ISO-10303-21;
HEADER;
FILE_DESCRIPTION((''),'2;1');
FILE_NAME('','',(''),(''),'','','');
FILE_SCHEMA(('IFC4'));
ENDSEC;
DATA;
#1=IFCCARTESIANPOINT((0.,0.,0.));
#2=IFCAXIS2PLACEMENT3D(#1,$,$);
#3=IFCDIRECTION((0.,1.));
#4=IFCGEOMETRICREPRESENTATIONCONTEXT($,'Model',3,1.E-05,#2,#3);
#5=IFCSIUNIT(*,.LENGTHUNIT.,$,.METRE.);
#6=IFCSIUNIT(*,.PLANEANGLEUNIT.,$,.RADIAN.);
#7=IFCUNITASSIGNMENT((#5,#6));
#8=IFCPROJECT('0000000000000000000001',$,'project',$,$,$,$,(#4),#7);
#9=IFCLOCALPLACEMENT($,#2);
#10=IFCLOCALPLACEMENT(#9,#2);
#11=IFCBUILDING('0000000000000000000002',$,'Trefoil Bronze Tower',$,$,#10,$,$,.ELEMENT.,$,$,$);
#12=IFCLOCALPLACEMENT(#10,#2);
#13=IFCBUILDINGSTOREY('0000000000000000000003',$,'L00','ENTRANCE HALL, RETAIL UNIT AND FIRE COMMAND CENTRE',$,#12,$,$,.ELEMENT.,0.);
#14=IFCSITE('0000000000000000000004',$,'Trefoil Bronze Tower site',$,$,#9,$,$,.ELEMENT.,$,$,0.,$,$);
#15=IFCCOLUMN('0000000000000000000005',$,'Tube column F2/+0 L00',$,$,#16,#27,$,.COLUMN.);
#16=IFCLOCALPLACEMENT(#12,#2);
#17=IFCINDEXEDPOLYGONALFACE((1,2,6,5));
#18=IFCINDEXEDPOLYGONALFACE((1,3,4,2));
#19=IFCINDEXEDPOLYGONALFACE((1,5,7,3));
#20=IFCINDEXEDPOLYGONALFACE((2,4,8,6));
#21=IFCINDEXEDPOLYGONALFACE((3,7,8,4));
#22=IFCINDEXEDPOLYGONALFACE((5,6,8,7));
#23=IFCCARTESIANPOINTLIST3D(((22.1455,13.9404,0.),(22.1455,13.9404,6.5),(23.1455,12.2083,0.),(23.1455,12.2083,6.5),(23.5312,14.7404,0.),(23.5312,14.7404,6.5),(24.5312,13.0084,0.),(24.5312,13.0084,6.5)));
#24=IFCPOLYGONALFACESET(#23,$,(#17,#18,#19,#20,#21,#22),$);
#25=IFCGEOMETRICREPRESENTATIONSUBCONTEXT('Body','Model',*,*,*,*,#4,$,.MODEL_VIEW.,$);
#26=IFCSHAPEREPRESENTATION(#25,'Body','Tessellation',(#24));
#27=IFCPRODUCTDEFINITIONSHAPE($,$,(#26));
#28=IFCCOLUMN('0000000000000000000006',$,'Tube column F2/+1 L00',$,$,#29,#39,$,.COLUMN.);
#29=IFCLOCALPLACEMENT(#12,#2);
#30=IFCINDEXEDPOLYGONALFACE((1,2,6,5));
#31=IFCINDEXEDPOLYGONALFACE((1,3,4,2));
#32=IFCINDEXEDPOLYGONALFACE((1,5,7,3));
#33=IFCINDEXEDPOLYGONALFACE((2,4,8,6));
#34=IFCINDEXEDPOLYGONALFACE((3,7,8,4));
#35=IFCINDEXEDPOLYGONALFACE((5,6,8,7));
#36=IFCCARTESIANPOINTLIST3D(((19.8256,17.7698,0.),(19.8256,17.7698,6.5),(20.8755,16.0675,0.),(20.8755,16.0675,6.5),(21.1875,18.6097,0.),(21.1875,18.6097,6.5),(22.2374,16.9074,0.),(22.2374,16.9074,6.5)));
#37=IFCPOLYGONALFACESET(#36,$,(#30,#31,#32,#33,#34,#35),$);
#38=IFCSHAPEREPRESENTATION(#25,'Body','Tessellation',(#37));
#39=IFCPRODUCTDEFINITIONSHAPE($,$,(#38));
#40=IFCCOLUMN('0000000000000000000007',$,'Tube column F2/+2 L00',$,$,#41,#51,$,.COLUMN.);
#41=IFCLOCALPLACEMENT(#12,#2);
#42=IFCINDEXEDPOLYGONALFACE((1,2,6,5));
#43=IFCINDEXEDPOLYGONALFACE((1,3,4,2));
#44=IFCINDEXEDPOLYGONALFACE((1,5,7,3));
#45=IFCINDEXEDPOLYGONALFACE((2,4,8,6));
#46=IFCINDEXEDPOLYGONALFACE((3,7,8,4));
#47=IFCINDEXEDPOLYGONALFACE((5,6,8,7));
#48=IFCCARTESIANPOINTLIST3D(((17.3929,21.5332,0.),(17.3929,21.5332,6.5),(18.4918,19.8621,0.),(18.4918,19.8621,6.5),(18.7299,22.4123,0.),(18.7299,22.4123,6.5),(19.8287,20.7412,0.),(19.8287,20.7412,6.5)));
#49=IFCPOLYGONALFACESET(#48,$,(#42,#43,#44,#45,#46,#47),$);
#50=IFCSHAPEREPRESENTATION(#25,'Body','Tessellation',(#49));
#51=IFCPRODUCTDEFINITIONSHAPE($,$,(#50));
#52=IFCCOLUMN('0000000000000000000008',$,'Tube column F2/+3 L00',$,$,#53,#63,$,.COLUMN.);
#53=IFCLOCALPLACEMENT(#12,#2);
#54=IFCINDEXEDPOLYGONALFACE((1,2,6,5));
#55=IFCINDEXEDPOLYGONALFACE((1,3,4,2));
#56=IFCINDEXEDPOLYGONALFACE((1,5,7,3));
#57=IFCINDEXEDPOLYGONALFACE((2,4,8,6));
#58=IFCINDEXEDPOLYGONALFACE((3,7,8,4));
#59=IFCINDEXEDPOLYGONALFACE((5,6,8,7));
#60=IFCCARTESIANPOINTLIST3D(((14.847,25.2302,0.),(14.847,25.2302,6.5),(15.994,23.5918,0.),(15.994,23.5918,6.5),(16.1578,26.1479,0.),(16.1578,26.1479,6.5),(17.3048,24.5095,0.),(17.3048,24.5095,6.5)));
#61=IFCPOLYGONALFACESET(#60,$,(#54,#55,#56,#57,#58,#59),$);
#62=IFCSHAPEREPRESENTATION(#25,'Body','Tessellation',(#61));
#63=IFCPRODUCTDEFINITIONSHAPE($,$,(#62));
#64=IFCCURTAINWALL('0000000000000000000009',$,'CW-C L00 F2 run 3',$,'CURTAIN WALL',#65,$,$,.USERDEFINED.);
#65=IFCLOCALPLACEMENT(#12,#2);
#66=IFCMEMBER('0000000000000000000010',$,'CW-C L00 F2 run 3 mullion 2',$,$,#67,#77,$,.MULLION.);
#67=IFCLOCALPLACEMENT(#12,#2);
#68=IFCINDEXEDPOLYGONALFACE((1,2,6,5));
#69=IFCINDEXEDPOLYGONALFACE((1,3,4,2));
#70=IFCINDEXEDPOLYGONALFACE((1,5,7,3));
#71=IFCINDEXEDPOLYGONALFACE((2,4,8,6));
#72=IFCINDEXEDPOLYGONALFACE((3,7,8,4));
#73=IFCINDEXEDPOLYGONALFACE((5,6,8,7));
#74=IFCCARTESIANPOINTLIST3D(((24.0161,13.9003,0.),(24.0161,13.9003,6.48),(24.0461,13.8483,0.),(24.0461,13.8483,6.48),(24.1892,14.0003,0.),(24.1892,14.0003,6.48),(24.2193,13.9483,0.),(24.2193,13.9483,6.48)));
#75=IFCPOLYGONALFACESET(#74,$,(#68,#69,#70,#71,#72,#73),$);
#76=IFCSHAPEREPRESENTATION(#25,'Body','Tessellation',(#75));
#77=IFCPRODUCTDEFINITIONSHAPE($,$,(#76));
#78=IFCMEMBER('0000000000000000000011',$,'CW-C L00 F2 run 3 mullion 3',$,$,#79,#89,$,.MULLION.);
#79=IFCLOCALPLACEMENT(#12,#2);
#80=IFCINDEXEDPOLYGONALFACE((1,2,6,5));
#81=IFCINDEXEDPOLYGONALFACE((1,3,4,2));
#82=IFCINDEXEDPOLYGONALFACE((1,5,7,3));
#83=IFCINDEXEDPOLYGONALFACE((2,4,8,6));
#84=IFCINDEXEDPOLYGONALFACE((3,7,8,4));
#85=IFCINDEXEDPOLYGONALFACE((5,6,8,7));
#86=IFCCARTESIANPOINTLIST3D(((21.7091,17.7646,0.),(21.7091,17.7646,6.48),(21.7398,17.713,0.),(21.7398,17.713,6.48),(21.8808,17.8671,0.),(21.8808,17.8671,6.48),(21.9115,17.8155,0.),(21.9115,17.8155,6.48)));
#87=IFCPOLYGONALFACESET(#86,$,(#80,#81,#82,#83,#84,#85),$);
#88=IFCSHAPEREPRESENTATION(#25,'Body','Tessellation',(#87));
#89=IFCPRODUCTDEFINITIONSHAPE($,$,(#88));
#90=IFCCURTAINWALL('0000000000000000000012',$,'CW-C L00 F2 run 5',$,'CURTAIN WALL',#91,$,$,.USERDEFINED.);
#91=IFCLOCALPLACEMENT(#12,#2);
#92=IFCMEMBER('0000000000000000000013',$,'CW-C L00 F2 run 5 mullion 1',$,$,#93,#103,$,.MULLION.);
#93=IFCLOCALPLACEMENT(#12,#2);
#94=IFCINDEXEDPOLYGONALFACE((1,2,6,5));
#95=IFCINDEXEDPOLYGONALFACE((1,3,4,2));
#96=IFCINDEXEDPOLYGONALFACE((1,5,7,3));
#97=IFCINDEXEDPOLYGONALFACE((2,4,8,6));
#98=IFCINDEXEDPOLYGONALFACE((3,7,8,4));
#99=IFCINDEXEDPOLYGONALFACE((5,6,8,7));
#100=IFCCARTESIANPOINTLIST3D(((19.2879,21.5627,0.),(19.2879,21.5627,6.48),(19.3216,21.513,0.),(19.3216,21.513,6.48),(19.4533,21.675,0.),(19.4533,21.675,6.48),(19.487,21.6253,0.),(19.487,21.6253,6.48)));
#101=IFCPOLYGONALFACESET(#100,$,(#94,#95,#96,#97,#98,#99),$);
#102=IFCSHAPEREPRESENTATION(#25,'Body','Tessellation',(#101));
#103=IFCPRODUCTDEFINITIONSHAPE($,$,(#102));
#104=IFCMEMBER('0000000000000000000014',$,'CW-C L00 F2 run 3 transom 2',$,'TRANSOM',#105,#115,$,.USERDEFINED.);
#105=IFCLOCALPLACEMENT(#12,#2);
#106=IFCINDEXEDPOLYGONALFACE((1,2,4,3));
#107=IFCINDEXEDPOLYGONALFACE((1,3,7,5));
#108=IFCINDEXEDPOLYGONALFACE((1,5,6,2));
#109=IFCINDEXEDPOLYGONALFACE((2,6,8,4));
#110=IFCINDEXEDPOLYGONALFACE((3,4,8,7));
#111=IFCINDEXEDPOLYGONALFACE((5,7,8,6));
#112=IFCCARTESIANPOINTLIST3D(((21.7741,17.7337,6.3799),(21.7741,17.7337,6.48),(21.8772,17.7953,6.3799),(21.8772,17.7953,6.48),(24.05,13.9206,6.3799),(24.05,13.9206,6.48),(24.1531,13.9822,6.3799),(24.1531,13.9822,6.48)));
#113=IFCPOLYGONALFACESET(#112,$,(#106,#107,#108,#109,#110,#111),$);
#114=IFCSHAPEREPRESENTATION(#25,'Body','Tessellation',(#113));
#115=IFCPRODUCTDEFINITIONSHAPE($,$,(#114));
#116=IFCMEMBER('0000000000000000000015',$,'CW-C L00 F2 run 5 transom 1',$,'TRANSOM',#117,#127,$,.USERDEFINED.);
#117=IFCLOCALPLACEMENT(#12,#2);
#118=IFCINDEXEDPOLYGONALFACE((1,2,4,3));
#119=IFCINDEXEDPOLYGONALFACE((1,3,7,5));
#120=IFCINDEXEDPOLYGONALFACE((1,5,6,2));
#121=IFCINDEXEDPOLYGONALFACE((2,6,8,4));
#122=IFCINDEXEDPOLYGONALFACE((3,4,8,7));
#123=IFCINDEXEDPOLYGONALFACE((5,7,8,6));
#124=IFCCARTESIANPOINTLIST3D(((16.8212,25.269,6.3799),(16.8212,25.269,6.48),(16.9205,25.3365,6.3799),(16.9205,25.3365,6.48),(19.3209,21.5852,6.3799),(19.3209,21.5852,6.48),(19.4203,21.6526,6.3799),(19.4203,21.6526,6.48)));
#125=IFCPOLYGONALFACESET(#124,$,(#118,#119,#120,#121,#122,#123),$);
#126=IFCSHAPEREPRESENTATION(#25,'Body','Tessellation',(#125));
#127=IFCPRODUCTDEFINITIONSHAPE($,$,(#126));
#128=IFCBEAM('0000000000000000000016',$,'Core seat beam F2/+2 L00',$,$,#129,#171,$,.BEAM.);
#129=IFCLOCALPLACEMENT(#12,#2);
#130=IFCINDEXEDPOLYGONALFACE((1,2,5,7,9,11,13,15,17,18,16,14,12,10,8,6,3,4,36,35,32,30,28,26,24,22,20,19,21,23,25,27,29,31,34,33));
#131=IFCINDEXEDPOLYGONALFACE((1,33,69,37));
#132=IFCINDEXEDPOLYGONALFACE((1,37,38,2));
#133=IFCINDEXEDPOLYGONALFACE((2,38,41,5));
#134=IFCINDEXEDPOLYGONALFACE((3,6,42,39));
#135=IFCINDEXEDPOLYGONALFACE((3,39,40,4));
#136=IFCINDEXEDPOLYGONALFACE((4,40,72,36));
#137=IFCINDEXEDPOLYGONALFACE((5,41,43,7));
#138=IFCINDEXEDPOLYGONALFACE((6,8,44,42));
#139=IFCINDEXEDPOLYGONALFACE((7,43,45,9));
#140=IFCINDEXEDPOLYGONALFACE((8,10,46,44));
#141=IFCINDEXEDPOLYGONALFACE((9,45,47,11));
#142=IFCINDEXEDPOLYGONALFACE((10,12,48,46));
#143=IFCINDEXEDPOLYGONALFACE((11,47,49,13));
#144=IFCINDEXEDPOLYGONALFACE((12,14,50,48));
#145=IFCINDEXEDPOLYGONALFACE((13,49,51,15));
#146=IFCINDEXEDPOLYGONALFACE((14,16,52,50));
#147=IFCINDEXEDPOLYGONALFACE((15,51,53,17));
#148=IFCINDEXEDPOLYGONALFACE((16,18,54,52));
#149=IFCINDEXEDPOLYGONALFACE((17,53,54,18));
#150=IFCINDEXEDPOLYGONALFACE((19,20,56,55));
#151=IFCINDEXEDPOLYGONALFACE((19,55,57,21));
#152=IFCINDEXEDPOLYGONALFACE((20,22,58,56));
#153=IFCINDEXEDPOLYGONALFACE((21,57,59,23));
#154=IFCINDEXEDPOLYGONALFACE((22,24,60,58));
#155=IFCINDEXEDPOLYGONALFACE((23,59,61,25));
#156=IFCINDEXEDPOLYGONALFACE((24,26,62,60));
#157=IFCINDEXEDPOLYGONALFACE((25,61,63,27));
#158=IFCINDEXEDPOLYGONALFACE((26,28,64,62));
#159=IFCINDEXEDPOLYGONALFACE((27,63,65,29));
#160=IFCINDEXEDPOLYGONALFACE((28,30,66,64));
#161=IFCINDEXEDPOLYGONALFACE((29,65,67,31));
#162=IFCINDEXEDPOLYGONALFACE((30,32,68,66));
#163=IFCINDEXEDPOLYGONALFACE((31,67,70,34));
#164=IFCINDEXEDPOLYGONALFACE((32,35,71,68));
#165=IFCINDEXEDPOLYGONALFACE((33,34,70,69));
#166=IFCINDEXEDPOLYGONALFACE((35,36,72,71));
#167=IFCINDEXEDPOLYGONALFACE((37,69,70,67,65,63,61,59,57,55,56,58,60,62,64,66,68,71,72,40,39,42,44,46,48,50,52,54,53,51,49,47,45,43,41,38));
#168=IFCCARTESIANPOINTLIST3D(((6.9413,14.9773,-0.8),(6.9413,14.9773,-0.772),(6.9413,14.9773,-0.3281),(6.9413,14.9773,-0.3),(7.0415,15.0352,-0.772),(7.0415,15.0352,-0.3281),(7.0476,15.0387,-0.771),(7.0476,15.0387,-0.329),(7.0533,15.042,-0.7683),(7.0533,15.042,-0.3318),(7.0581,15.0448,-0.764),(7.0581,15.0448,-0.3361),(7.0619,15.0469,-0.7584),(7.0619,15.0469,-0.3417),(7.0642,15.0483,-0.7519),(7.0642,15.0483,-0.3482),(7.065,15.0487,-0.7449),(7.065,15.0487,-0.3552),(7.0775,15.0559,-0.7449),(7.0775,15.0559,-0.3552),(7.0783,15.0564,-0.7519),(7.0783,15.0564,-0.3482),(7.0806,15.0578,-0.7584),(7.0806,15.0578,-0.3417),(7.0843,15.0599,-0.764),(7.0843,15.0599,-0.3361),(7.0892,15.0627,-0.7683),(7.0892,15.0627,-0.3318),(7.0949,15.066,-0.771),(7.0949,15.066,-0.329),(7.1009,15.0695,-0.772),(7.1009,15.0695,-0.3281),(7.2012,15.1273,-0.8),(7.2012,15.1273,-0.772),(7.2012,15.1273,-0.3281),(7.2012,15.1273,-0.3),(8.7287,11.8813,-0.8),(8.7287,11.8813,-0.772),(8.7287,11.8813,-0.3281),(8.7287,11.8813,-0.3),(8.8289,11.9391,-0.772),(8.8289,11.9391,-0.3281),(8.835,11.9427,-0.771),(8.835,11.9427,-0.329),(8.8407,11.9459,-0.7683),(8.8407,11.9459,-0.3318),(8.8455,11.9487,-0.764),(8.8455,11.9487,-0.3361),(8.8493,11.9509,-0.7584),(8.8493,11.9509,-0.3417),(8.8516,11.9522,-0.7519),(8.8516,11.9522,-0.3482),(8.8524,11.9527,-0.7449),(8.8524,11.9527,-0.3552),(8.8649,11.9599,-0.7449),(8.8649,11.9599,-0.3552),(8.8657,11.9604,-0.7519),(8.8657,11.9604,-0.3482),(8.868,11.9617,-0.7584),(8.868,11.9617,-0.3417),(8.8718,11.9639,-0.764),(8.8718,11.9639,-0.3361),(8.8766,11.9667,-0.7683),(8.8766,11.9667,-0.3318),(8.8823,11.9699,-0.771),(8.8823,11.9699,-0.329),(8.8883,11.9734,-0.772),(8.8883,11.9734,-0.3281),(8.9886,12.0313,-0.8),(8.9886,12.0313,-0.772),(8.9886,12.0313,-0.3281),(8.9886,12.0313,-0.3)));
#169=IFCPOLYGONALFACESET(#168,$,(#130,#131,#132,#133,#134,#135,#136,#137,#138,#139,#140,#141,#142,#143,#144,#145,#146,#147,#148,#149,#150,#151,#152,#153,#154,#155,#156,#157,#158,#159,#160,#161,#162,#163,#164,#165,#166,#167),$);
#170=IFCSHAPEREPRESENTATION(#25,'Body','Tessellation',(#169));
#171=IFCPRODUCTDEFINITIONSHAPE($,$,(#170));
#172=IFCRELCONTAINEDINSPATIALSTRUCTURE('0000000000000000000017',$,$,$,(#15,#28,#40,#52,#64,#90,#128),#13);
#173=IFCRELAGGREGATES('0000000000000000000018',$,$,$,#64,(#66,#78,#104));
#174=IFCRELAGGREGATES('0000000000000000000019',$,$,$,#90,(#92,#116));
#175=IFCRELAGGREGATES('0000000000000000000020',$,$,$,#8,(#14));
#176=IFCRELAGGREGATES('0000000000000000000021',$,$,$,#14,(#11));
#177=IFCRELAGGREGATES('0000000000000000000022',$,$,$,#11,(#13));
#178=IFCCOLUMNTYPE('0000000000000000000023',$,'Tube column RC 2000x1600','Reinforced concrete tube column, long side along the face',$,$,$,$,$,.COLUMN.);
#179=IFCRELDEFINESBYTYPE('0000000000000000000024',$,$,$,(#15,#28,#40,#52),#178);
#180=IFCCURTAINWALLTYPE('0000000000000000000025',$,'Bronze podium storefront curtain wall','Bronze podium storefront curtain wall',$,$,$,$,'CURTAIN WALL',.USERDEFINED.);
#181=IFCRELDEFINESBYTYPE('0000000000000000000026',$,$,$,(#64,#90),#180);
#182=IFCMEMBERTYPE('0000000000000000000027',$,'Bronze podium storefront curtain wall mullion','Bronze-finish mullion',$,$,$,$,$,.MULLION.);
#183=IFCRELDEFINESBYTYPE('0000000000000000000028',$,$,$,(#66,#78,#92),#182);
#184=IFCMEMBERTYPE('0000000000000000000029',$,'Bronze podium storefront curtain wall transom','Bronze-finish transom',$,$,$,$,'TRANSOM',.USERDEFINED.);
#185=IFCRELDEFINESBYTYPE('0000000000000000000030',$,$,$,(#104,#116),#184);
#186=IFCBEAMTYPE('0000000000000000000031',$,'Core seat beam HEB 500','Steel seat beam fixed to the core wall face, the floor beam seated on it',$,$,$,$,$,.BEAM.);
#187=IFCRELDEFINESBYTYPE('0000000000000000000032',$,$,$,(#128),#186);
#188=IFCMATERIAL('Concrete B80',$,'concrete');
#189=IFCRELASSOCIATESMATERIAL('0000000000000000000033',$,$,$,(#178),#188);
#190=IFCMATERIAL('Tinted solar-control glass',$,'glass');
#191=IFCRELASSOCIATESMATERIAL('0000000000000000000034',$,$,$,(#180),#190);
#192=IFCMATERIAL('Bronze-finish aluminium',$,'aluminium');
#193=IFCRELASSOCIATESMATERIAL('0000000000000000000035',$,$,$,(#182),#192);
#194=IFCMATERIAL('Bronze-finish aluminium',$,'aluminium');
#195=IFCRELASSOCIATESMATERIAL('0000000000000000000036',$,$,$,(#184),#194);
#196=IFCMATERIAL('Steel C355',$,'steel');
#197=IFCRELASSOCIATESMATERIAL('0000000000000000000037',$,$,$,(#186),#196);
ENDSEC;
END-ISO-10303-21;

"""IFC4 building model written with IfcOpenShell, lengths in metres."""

from ifc_helpers import new_model, si_unit, direction, frame, origin, origin_2d, place, context, subcontext, project, spatial, rectangle, i_section, extrude, material, material_profile, profile_set, type_object, element, aggregate, save


model = new_model("IFC4")

# Units and contexts
model_context = context("Model", 3, precision=1e-05, world=origin(), true_north=direction((0.0, 1.0)))
body_context = subcontext(model_context, "Body", "Model", "MODEL_VIEW")
ifc_project = project(units=[si_unit("LENGTHUNIT", "METRE"), si_unit("PLANEANGLEUNIT", "RADIAN")], contexts=[model_context])

# Site, building, storey
site_placement = place(None, origin())
site = spatial("IfcSite", under=ifc_project, at=site_placement, Name="Trefoil Bronze Tower site", CompositionType="ELEMENT", RefElevation=0.0)
building_placement = place(site_placement, origin())
building = spatial("IfcBuilding", under=site, at=building_placement, Name="Trefoil Bronze Tower", CompositionType="ELEMENT")
storey_placement = place(building_placement, origin())
storey = spatial("IfcBuildingStorey", under=building, at=storey_placement, Name="L00", Description="ENTRANCE HALL, RETAIL UNIT AND FIRE COMMAND CENTRE", CompositionType="ELEMENT", Elevation=0.0)

# Columns
ifc_material_1 = material(Name="Concrete B80", Category="concrete")
ifc_material_profile_1 = material_profile(ifc_material_1, rectangle(XDim=2.0, YDim=1.6001, at=origin_2d()), Name="RC 2000x1600")
ifc_profile_set_1 = profile_set([ifc_material_profile_1], Name="Concrete B80")
column_type = type_object("IfcColumnType", Name="Tube column RC 2000x1600", Description="Reinforced concrete tube column, long side along the face", PredefinedType="COLUMN", material=ifc_profile_set_1)
for number, where, z_axis, x_axis, name in (
    (1, (23.3384, 13.4744, 0.0), (0.0, 0.0, 1.0), (-0.5, 0.866025, 0.0), "Tube column F2/+0 L00"),
    (2, (21.0315, 17.3386, 0.0), (0.0, 0.0, 1.0), (-0.524923, 0.85115, 0.0), "Tube column F2/+1 L00"),
    (3, (18.6108, 21.1372, 0.0), (0.0, 0.0, 1.0), (-0.549424, 0.835544, 0.0), "Tube column F2/+2 L00"),
    (4, (16.0759, 24.8699, 0.0), (0.0, 0.0, 1.0), (-0.573502, 0.819204, 0.0), "Tube column F2/+3 L00"),
):
    element("IfcColumn", number, at=place(storey_placement, frame(where, z_axis=z_axis, x_axis=x_axis)), inside=storey, type_object=column_type, Name=name, PredefinedType="COLUMN", context=body_context, shape_type="SweptSolid", body=[
        extrude(rectangle(XDim=2.0, YDim=1.6001, at=origin_2d()), origin(), (0.0, 0.0, 1.0), 6.5),
    ])

# Curtain wall, members
ifc_material_2 = material(Name="Tinted solar-control glass", Category="glass")
curtain_wall_type = type_object("IfcCurtainWallType", Name="Bronze podium storefront curtain wall", Description="Bronze podium storefront curtain wall", ElementType="CURTAIN WALL", PredefinedType="USERDEFINED", material=ifc_material_2)
curtain_wall_1_placement = place(storey_placement, origin())
curtain_wall_1 = element("IfcCurtainWall", 5, at=curtain_wall_1_placement, inside=storey, type_object=curtain_wall_type, Name="CW-C L00 F2 run 3", ObjectType="CURTAIN WALL", PredefinedType="USERDEFINED")
ifc_material_3 = material(Name="Bronze-finish aluminium", Category="aluminium")
ifc_material_profile_2 = material_profile(ifc_material_3, rectangle(XDim=0.2, YDim=0.0601, at=origin_2d()), Name="CW-C mullion")
ifc_profile_set_2 = profile_set([ifc_material_profile_2], Name="Bronze-finish aluminium")
member_type_1 = type_object("IfcMemberType", Name="Bronze podium storefront curtain wall mullion", Description="Bronze-finish mullion", PredefinedType="MULLION", material=ifc_profile_set_2)
member_1_placement = place(storey_placement, frame((24.1177, 13.9243, 0.0), z_axis=(0.0, 0.0, 1.0), x_axis=(-0.866025, -0.5, 0.0)))
member_1 = element("IfcMember", 6, at=member_1_placement, type_object=member_type_1, Name="CW-C L00 F2 run 3 mullion 2", PredefinedType="MULLION", context=body_context, shape_type="SweptSolid", body=[
    extrude(rectangle(XDim=0.2, YDim=0.0601, at=origin_2d()), origin(), (0.0, 0.0, 1.0), 6.48),
])
member_2_placement = place(storey_placement, frame((21.8103, 17.79, 0.0), z_axis=(0.0, 0.0, 1.0), x_axis=(-0.85868, -0.512513, 0.0)))
member_2 = element("IfcMember", 7, at=member_2_placement, type_object=member_type_1, Name="CW-C L00 F2 run 3 mullion 3", PredefinedType="MULLION", context=body_context, shape_type="SweptSolid", body=[
    extrude(rectangle(XDim=0.2, YDim=0.0601, at=origin_2d()), origin(), (0.0, 0.0, 1.0), 6.48),
])

# Curtain wall, member
curtain_wall_2_placement = place(storey_placement, origin())
curtain_wall_2 = element("IfcCurtainWall", 8, at=curtain_wall_2_placement, inside=storey, type_object=curtain_wall_type, Name="CW-C L00 F2 run 5", ObjectType="CURTAIN WALL", PredefinedType="USERDEFINED")
member_3_placement = place(storey_placement, frame((19.3875, 21.594, 0.0), z_axis=(0.0, 0.0, 1.0), x_axis=(-0.82747, -0.56151, 0.0)))
member_3 = element("IfcMember", 9, at=member_3_placement, type_object=member_type_1, Name="CW-C L00 F2 run 5 mullion 1", PredefinedType="MULLION", context=body_context, shape_type="SweptSolid", body=[
    extrude(rectangle(XDim=0.2, YDim=0.0601, at=origin_2d()), origin(), (0.0, 0.0, 1.0), 6.48),
])

# Members
ifc_material_4 = material(Name="Bronze-finish aluminium", Category="aluminium")
ifc_material_profile_3 = material_profile(ifc_material_4, rectangle(XDim=0.1201, YDim=0.1001, at=origin_2d()), Name="CW-C transom")
ifc_profile_set_3 = profile_set([ifc_material_profile_3], Name="Bronze-finish aluminium")
member_type_2 = type_object("IfcMemberType", Name="Bronze podium storefront curtain wall transom", Description="Bronze-finish transom", ElementType="TRANSOM", PredefinedType="USERDEFINED", material=ifc_profile_set_3)
member_4_placement = place(storey_placement, frame((24.1016, 13.9514, 6.4299), z_axis=(-0.512522, 0.858674, 0.0), x_axis=(-0.858674, -0.512522, 0.0)))
member_4 = element("IfcMember", 10, at=member_4_placement, type_object=member_type_2, Name="CW-C L00 F2 run 3 transom 2", ObjectType="TRANSOM", PredefinedType="USERDEFINED", context=body_context, shape_type="SweptSolid", body=[
    extrude(rectangle(XDim=0.1201, YDim=0.1001, at=origin_2d()), origin(), (0.0, 0.0, 1.0), 4.4407),
])
member_5_placement = place(storey_placement, frame((19.3706, 21.6189, 6.4299), z_axis=(-0.561503, 0.827475, 0.0), x_axis=(-0.827475, -0.561503, 0.0)))
member_5 = element("IfcMember", 11, at=member_5_placement, type_object=member_type_2, Name="CW-C L00 F2 run 5 transom 1", ObjectType="TRANSOM", PredefinedType="USERDEFINED", context=body_context, shape_type="SweptSolid", body=[
    extrude(rectangle(XDim=0.1201, YDim=0.1001, at=origin_2d()), origin(), (0.0, 0.0, 1.0), 4.4519),
])

# Beam
ifc_material_5 = material(Name="Steel C355", Category="steel")
ifc_material_profile_4 = material_profile(ifc_material_5, i_section(OverallWidth=0.3, OverallDepth=0.5, WebThickness=0.0144, FlangeThickness=0.0281, FilletRadius=0.0271, at=origin_2d()), Name="HEB 500")
ifc_profile_set_4 = profile_set([ifc_material_profile_4], Name="Steel C355")
beam_type_1 = type_object("IfcBeamType", Name="Core seat beam HEB 500", Description="Steel seat beam fixed to the core wall face, the floor beam seated on it", PredefinedType="BEAM", material=ifc_profile_set_4)
beam_1_placement = place(storey_placement, frame((8.8586, 11.9563, -0.55), z_axis=(-0.499981, 0.866037, 0.0), x_axis=(-0.866037, -0.499981, 0.0)))
element("IfcBeam", 12, at=beam_1_placement, inside=storey, type_object=beam_type_1, Name="Core seat beam F2/+2 L00", PredefinedType="BEAM", context=body_context, shape_type="SweptSolid", body=[
    extrude(i_section(OverallWidth=0.3, OverallDepth=0.5, WebThickness=0.0144, FlangeThickness=0.0281, FilletRadius=0.0271, at=origin_2d()), origin(), (0.0, 0.0, 1.0), 3.575),
])

aggregate(curtain_wall_1, [member_1, member_2, member_4])
aggregate(curtain_wall_2, [member_3, member_5])

save(model, "model.ifc")
